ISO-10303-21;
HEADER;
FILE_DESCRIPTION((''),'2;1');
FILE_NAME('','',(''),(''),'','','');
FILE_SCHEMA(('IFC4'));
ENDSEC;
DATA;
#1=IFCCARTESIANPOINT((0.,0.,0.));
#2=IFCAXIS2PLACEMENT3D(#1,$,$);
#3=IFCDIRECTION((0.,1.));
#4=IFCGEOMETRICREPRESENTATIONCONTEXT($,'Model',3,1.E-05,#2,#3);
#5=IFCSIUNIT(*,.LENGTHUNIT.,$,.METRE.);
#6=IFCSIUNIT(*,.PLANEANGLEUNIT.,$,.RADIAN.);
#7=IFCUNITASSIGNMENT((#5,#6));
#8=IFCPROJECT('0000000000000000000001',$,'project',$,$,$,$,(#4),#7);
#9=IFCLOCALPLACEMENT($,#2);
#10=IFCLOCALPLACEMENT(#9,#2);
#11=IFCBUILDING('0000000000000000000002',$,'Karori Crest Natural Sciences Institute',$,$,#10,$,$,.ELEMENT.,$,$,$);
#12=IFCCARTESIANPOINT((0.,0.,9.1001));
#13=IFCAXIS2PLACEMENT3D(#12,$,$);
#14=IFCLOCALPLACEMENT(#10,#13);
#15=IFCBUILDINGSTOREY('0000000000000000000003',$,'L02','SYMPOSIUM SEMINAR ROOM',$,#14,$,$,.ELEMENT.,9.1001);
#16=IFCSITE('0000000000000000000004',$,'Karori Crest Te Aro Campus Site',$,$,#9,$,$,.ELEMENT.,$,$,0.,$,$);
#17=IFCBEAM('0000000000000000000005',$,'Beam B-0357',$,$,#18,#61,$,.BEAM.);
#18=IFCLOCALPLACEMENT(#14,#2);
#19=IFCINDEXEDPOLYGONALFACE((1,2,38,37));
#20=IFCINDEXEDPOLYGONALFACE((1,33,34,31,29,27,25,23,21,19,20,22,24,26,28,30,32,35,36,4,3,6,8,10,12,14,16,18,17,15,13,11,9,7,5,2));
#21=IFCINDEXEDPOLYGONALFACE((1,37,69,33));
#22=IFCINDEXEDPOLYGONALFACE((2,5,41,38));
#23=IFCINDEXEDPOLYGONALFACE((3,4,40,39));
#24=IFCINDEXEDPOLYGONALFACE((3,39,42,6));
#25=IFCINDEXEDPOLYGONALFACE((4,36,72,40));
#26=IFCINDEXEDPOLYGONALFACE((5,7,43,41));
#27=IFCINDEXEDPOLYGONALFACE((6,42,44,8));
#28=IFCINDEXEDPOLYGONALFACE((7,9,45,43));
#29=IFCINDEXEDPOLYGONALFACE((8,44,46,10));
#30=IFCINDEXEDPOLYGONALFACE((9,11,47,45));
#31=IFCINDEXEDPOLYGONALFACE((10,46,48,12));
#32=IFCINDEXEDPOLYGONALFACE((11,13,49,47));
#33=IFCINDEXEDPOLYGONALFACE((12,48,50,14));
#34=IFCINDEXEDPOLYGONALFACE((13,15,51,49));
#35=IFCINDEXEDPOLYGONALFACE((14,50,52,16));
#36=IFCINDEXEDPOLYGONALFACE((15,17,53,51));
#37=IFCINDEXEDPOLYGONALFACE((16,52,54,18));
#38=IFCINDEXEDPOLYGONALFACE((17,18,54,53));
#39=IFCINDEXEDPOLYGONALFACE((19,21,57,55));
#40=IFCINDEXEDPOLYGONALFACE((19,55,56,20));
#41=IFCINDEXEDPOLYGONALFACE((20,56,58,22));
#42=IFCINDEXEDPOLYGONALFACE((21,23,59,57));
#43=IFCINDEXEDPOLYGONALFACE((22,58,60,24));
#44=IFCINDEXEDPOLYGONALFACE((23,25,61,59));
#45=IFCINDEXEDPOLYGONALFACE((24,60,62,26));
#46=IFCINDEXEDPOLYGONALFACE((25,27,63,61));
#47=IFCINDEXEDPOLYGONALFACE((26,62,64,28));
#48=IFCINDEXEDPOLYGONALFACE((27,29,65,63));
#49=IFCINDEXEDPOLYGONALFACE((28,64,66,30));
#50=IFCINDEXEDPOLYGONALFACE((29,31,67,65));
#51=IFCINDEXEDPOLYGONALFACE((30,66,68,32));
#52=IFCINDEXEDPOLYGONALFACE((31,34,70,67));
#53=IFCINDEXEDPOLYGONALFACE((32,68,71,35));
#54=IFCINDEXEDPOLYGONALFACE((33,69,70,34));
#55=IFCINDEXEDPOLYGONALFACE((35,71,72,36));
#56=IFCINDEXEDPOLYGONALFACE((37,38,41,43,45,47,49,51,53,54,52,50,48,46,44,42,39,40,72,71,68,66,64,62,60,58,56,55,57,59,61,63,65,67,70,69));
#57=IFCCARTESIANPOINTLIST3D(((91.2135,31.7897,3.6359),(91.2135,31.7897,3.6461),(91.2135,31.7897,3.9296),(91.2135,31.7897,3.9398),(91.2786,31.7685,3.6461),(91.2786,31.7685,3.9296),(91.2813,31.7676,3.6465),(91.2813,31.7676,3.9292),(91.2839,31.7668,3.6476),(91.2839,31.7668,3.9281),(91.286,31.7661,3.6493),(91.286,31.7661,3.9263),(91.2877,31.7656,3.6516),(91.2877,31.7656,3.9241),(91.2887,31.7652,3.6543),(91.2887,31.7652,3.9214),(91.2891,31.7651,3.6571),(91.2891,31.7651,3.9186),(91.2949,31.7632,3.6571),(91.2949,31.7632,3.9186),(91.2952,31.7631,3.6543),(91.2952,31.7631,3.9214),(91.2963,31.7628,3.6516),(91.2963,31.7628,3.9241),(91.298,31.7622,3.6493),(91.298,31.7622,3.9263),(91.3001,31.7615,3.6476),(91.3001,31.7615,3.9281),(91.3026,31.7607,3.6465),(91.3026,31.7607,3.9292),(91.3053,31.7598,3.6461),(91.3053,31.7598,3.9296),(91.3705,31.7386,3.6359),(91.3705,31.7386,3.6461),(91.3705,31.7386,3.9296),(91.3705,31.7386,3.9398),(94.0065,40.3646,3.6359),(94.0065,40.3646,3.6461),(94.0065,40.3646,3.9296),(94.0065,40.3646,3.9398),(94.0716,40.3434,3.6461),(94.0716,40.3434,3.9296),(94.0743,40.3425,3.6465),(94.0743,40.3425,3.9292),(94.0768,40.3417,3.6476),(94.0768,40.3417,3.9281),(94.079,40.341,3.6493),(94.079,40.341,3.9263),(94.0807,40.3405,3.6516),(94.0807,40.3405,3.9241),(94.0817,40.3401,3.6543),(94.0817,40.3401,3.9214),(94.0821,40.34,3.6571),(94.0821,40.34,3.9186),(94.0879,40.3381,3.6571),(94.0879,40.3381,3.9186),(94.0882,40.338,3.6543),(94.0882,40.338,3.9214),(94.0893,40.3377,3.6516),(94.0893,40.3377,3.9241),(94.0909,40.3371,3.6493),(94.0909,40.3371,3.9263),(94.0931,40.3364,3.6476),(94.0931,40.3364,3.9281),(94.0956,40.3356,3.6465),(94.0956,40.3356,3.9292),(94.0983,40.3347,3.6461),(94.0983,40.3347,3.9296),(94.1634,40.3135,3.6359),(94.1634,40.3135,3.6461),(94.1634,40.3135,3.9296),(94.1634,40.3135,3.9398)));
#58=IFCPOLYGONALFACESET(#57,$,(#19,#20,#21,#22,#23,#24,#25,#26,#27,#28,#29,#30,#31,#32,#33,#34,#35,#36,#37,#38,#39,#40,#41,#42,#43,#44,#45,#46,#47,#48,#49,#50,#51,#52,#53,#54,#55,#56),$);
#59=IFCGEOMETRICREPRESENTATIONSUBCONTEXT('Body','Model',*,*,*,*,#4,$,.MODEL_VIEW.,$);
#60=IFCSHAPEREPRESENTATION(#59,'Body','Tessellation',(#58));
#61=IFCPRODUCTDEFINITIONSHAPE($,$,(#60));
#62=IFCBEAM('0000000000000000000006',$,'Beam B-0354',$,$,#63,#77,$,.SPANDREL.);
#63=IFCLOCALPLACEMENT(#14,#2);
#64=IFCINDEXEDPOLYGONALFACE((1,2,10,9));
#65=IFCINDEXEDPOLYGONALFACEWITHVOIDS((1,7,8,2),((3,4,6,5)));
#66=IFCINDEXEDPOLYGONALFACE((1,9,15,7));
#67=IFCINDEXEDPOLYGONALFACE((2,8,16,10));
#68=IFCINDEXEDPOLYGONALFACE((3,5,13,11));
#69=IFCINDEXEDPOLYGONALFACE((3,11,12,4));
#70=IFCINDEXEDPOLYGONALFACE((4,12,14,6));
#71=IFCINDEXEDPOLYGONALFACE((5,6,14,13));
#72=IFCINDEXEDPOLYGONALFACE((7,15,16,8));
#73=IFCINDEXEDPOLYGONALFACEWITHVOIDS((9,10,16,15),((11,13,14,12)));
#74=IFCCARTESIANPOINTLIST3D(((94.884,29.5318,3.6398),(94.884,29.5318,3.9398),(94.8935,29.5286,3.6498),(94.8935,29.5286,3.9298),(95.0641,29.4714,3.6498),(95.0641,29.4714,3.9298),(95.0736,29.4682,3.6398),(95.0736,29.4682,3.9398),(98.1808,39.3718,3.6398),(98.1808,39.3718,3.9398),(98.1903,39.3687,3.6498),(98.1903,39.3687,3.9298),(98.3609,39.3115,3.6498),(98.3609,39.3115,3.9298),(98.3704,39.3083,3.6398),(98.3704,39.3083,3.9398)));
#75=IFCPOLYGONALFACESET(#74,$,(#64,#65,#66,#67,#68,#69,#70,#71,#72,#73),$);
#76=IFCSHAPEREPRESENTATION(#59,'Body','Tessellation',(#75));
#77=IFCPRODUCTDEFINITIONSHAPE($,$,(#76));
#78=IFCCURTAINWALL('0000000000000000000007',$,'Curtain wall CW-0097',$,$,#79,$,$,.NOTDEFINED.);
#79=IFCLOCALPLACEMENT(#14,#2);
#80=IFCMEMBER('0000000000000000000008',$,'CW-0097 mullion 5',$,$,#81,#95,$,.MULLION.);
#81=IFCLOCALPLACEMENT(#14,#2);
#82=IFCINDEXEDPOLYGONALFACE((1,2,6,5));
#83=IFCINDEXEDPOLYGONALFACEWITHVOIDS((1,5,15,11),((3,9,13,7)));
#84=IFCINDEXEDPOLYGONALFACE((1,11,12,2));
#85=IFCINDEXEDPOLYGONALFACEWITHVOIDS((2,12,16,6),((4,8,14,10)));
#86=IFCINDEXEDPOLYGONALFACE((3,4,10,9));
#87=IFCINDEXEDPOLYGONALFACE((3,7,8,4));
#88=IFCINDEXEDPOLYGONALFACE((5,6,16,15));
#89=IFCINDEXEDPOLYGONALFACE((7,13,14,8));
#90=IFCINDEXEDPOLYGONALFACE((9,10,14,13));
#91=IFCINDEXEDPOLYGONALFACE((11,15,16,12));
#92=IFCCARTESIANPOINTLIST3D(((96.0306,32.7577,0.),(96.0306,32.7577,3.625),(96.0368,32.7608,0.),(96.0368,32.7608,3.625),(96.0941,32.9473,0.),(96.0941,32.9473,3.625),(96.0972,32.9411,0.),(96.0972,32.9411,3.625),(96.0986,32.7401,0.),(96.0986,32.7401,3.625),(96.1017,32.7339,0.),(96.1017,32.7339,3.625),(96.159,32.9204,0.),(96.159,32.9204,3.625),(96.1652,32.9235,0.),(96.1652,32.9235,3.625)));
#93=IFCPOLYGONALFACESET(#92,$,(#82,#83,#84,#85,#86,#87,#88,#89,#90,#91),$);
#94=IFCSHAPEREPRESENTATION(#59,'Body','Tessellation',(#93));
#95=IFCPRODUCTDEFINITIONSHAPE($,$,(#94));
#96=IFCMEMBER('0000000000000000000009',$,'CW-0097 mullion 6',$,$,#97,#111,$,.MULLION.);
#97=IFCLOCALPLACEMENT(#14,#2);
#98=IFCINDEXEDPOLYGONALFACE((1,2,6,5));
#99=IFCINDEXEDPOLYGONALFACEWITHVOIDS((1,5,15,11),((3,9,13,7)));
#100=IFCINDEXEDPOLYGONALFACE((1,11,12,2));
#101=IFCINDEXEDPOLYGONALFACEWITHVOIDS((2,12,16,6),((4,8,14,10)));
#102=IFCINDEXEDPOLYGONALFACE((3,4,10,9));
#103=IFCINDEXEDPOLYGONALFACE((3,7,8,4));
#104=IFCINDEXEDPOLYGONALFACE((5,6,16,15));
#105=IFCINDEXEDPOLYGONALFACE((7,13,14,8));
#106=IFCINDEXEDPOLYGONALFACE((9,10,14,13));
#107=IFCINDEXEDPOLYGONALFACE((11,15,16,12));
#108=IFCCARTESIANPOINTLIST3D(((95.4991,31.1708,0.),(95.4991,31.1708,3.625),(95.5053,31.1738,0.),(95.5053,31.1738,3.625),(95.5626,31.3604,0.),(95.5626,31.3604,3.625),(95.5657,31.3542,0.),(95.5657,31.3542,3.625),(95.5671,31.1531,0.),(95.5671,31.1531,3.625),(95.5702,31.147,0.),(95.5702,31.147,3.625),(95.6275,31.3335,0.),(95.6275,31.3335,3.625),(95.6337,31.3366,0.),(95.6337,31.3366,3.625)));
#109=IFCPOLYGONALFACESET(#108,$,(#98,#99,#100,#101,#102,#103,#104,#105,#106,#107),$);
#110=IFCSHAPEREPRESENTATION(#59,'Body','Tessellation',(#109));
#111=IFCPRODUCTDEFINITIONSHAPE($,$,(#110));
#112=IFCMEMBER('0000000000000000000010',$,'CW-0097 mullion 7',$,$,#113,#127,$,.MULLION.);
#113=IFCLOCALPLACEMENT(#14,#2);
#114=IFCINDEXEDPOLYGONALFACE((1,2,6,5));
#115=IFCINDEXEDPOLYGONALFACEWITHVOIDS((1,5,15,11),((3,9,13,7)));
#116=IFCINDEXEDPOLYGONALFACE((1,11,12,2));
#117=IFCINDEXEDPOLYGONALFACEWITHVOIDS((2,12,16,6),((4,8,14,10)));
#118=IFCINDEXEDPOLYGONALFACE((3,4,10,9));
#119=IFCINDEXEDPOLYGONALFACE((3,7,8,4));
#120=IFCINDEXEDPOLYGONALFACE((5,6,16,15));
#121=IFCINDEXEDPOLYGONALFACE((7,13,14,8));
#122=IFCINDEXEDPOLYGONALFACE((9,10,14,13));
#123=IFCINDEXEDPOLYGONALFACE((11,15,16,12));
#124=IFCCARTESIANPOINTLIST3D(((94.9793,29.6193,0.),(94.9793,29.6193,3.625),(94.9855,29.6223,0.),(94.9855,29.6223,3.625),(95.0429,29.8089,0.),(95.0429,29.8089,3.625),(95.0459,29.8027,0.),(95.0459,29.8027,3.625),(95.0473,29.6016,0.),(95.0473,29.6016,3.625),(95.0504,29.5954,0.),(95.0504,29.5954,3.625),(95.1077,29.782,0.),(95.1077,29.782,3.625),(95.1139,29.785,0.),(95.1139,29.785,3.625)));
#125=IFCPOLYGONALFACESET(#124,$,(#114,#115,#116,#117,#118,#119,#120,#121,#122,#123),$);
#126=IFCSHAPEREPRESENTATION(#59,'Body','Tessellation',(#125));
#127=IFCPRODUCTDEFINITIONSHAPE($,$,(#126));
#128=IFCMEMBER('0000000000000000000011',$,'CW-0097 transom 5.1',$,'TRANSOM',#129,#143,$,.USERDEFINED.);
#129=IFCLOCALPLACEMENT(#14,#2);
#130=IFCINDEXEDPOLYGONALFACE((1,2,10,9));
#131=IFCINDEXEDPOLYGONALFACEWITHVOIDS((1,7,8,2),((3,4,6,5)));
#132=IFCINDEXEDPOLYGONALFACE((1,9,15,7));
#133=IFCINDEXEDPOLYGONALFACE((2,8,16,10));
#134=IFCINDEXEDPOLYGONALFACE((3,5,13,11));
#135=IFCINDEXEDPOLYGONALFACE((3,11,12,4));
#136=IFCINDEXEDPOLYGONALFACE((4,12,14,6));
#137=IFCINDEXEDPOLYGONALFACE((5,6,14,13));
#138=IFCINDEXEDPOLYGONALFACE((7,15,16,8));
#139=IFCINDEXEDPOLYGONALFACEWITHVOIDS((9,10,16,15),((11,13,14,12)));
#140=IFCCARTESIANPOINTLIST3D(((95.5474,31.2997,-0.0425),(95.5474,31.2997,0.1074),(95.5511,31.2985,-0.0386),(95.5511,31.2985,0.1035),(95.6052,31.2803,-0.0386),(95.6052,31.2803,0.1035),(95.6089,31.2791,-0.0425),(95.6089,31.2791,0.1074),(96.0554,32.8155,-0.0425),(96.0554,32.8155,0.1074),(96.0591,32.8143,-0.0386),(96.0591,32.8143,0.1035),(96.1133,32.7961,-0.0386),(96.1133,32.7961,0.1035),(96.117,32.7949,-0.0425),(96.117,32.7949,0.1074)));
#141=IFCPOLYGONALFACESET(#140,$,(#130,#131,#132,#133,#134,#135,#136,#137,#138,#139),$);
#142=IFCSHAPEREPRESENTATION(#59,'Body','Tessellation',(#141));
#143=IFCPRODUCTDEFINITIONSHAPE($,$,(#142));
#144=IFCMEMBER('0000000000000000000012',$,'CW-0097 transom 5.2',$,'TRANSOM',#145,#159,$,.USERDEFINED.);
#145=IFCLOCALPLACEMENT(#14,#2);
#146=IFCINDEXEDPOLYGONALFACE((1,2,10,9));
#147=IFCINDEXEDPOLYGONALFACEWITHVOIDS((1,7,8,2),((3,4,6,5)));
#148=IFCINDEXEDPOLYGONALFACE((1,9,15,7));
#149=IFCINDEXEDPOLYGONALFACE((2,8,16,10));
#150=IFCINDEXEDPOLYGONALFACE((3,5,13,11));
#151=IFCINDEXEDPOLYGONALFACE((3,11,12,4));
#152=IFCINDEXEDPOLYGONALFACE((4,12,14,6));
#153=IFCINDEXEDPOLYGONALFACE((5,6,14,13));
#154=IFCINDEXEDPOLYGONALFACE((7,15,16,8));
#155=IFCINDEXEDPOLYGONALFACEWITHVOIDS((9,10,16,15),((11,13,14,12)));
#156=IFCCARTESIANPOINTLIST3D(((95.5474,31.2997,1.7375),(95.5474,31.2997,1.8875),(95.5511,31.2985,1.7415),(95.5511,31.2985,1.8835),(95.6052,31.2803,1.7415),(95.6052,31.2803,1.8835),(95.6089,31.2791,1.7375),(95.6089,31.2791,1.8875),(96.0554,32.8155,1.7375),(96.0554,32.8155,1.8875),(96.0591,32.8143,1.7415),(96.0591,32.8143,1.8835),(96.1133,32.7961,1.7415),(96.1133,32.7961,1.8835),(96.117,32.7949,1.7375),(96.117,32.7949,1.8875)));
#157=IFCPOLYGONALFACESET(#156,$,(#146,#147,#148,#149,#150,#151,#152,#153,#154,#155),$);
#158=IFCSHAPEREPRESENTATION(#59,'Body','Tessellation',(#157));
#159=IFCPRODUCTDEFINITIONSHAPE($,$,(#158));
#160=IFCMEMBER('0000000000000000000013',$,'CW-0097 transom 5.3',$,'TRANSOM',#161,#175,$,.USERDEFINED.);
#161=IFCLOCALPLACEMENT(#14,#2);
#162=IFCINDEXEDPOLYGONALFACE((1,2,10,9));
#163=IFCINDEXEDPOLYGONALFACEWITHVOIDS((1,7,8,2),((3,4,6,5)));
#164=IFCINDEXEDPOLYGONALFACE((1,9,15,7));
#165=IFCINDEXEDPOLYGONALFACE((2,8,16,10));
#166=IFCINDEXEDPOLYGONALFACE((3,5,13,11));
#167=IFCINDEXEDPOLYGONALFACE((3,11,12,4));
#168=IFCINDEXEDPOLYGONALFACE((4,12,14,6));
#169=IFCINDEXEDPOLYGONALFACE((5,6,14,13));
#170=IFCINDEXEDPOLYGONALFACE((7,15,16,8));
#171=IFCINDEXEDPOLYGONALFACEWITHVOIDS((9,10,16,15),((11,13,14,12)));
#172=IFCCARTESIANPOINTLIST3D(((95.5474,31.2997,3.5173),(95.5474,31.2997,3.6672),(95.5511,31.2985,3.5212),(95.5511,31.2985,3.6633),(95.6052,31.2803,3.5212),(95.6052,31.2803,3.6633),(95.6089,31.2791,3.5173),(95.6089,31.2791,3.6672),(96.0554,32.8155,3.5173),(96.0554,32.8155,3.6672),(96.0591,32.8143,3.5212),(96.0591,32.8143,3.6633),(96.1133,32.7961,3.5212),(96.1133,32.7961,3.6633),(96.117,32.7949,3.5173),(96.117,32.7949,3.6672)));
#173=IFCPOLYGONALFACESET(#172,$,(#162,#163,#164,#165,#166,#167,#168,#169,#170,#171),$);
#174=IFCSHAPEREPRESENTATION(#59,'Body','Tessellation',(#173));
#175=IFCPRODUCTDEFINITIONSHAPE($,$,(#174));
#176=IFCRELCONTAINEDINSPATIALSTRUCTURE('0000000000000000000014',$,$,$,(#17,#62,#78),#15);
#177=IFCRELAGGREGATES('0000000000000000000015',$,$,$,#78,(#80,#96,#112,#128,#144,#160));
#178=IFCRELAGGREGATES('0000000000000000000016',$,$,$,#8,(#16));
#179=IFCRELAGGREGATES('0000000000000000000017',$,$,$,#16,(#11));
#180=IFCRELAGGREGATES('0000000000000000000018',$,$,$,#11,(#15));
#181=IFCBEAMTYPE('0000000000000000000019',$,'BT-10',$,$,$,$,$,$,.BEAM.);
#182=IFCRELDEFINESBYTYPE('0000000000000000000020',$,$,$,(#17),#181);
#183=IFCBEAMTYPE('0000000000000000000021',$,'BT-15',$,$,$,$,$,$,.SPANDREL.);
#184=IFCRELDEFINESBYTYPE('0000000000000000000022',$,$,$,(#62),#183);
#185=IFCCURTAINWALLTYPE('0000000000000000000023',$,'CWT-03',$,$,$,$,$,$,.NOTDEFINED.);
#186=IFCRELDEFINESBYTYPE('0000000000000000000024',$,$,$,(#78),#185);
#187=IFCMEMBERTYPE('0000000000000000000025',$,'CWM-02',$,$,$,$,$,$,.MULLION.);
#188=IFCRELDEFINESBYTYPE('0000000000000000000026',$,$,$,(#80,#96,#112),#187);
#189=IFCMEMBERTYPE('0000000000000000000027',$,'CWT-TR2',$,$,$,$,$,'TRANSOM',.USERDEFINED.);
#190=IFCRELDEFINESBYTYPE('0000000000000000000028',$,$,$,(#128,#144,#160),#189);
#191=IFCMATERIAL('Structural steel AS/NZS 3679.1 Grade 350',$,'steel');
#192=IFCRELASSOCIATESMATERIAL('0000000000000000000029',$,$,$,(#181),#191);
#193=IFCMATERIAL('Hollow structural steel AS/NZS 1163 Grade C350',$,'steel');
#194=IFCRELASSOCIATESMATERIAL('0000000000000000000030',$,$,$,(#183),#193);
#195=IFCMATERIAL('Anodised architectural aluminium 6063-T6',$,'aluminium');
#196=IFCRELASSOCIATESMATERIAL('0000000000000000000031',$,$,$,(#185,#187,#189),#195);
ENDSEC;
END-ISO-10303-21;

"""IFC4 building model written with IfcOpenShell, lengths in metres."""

from ifc_helpers import new_model, si_unit, direction, frame, origin, origin_2d, place, context, subcontext, project, spatial, hollow_rectangle, i_section, extrude, material, material_profile, profile_set, type_object, element, aggregate, save


model = new_model("IFC4")

# Units and contexts
model_context = context("Model", 3, precision=1e-05, world=origin(), true_north=direction((0.0, 1.0)))
body_context = subcontext(model_context, "Body", "Model", "MODEL_VIEW")
ifc_project = project(units=[si_unit("LENGTHUNIT", "METRE"), si_unit("PLANEANGLEUNIT", "RADIAN")], contexts=[model_context])

# Site, building, storey
site_placement = place(None, origin())
site = spatial("IfcSite", under=ifc_project, at=site_placement, Name="Karori Crest Te Aro Campus Site", CompositionType="ELEMENT", RefElevation=0.0)
building_placement = place(site_placement, origin())
building = spatial("IfcBuilding", under=site, at=building_placement, Name="Karori Crest Natural Sciences Institute", CompositionType="ELEMENT")
storey_placement = place(building_placement, frame((0.0, 0.0, 9.1001)))
storey = spatial("IfcBuildingStorey", under=building, at=storey_placement, Name="L02", Description="SYMPOSIUM SEMINAR ROOM", CompositionType="ELEMENT", Elevation=9.1001)

# Beams
ifc_material_1 = material(Name="Structural steel AS/NZS 3679.1 Grade 350", Category="steel")
ifc_material_profile_1 = material_profile(ifc_material_1, i_section(OverallWidth=0.165, OverallDepth=0.304, WebThickness=0.0061, FlangeThickness=0.0103, FilletRadius=0.011, at=origin_2d()), Name="310UB40.4")
ifc_profile_set_1 = profile_set([ifc_material_profile_1], Name="Structural steel AS/NZS 3679.1 Grade 350")
beam_type_1 = type_object("IfcBeamType", Name="BT-10", PredefinedType="BEAM", material=ifc_profile_set_1)
beam_1_placement = place(storey_placement, frame((91.292, 31.7642, 3.7878), z_axis=(0.309699, 0.950835, 0.0), x_axis=(-0.950835, 0.309699, 0.0)))
element("IfcBeam", 1, at=beam_1_placement, inside=storey, type_object=beam_type_1, Name="Beam B-0357", PredefinedType="BEAM", context=body_context, shape_type="SweptSolid", body=[
    extrude(i_section(OverallWidth=0.165, OverallDepth=0.304, WebThickness=0.0061, FlangeThickness=0.0103, FilletRadius=0.011, at=origin_2d()), origin(), (0.0, 0.0, 1.0), 9.0183),
])
ifc_material_2 = material(Name="Hollow structural steel AS/NZS 1163 Grade C350", Category="steel")
ifc_material_profile_2 = material_profile(ifc_material_2, hollow_rectangle(XDim=0.2, YDim=0.3, WallThickness=0.01, at=origin_2d()), Name="RHS300x200x10")
ifc_profile_set_2 = profile_set([ifc_material_profile_2], Name="Hollow structural steel AS/NZS 1163 Grade C350")
beam_type_2 = type_object("IfcBeamType", Name="BT-15", PredefinedType="SPANDREL", material=ifc_profile_set_2)
beam_2_placement = place(storey_placement, frame((94.9788, 29.5, 3.7898), z_axis=(0.317688, 0.948195, 0.0), x_axis=(-0.948195, 0.317688, 0.0)))
element("IfcBeam", 2, at=beam_2_placement, inside=storey, type_object=beam_type_2, Name="Beam B-0354", PredefinedType="SPANDREL", context=body_context, shape_type="SweptSolid", body=[
    extrude(hollow_rectangle(XDim=0.2, YDim=0.3, WallThickness=0.01, at=origin_2d()), origin(), (0.0, 0.0, 1.0), 10.3777),
])

# Curtain wall, members
ifc_material_3 = material(Name="Anodised architectural aluminium 6063-T6", Category="aluminium")
curtain_wall_type = type_object("IfcCurtainWallType", Name="CWT-03", PredefinedType="NOTDEFINED", material=ifc_material_3)
curtain_wall_placement = place(storey_placement, origin())
curtain_wall = element("IfcCurtainWall", 3, at=curtain_wall_placement, inside=storey, type_object=curtain_wall_type, Name="Curtain wall CW-0097", PredefinedType="NOTDEFINED")
ifc_material_profile_3 = material_profile(ifc_material_3, hollow_rectangle(XDim=0.075, YDim=0.2, WallThickness=0.0049, at=origin_2d()), Name="CWM200x75x5")
ifc_profile_set_3 = profile_set([ifc_material_profile_3], Name="Anodised architectural aluminium 6063-T6")
member_type_1 = type_object("IfcMemberType", Name="CWM-02", PredefinedType="MULLION", material=ifc_profile_set_3)
member_1_placement = place(storey_placement, frame((96.0979, 32.8406, 0.0), z_axis=(0.0, 0.0, 1.0), x_axis=(0.948196, -0.317685, 0.0)))
member_1 = element("IfcMember", 4, at=member_1_placement, type_object=member_type_1, Name="CW-0097 mullion 5", PredefinedType="MULLION", context=body_context, shape_type="SweptSolid", body=[
    extrude(hollow_rectangle(XDim=0.075, YDim=0.2, WallThickness=0.0049, at=origin_2d()), origin(), (0.0, 0.0, 1.0), 3.625),
])
member_2_placement = place(storey_placement, frame((95.5664, 31.2537, 0.0), z_axis=(0.0, 0.0, 1.0), x_axis=(0.948196, -0.317685, 0.0)))
member_2 = element("IfcMember", 5, at=member_2_placement, type_object=member_type_1, Name="CW-0097 mullion 6", PredefinedType="MULLION", context=body_context, shape_type="SweptSolid", body=[
    extrude(hollow_rectangle(XDim=0.075, YDim=0.2, WallThickness=0.0049, at=origin_2d()), origin(), (0.0, 0.0, 1.0), 3.625),
])
member_3_placement = place(storey_placement, frame((95.0466, 29.7021, 0.0), z_axis=(0.0, 0.0, 1.0), x_axis=(0.948196, -0.317685, 0.0)))
member_3 = element("IfcMember", 6, at=member_3_placement, type_object=member_type_1, Name="CW-0097 mullion 7", PredefinedType="MULLION", context=body_context, shape_type="SweptSolid", body=[
    extrude(hollow_rectangle(XDim=0.075, YDim=0.2, WallThickness=0.0049, at=origin_2d()), origin(), (0.0, 0.0, 1.0), 3.625),
])
ifc_material_profile_4 = material_profile(ifc_material_3, hollow_rectangle(XDim=0.0649, YDim=0.1499, WallThickness=0.0039, at=origin_2d()), Name="CWT150x65x4")
ifc_profile_set_4 = profile_set([ifc_material_profile_4], Name="Anodised architectural aluminium 6063-T6")
member_type_2 = type_object("IfcMemberType", Name="CWT-TR2", ElementType="TRANSOM", PredefinedType="USERDEFINED", material=ifc_profile_set_4)
member_4_placement = place(storey_placement, frame((96.0862, 32.8052, 0.0325), z_axis=(-0.317785, -0.948163, 0.0), x_axis=(0.948163, -0.317785, 0.0)))
member_4 = element("IfcMember", 7, at=member_4_placement, type_object=member_type_2, Name="CW-0097 transom 5.1", ObjectType="TRANSOM", PredefinedType="USERDEFINED", context=body_context, shape_type="SweptSolid", body=[
    extrude(hollow_rectangle(XDim=0.0649, YDim=0.1499, WallThickness=0.0039, at=origin_2d()), origin(), (0.0, 0.0, 1.0), 1.5986),
])
member_5_placement = place(storey_placement, frame((96.0862, 32.8052, 1.8125), z_axis=(-0.317785, -0.948163, 0.0), x_axis=(0.948163, -0.317785, 0.0)))
member_5 = element("IfcMember", 8, at=member_5_placement, type_object=member_type_2, Name="CW-0097 transom 5.2", ObjectType="TRANSOM", PredefinedType="USERDEFINED", context=body_context, shape_type="SweptSolid", body=[
    extrude(hollow_rectangle(XDim=0.0649, YDim=0.1499, WallThickness=0.0039, at=origin_2d()), origin(), (0.0, 0.0, 1.0), 1.5986),
])
member_6_placement = place(storey_placement, frame((96.0862, 32.8052, 3.5923), z_axis=(-0.317785, -0.948163, 0.0), x_axis=(0.948163, -0.317785, 0.0)))
member_6 = element("IfcMember", 9, at=member_6_placement, type_object=member_type_2, Name="CW-0097 transom 5.3", ObjectType="TRANSOM", PredefinedType="USERDEFINED", context=body_context, shape_type="SweptSolid", body=[
    extrude(hollow_rectangle(XDim=0.0649, YDim=0.1499, WallThickness=0.0039, at=origin_2d()), origin(), (0.0, 0.0, 1.0), 1.5986),
])
aggregate(curtain_wall, [member_1, member_2, member_3, member_4, member_5, member_6])

save(model, "model.ifc")
